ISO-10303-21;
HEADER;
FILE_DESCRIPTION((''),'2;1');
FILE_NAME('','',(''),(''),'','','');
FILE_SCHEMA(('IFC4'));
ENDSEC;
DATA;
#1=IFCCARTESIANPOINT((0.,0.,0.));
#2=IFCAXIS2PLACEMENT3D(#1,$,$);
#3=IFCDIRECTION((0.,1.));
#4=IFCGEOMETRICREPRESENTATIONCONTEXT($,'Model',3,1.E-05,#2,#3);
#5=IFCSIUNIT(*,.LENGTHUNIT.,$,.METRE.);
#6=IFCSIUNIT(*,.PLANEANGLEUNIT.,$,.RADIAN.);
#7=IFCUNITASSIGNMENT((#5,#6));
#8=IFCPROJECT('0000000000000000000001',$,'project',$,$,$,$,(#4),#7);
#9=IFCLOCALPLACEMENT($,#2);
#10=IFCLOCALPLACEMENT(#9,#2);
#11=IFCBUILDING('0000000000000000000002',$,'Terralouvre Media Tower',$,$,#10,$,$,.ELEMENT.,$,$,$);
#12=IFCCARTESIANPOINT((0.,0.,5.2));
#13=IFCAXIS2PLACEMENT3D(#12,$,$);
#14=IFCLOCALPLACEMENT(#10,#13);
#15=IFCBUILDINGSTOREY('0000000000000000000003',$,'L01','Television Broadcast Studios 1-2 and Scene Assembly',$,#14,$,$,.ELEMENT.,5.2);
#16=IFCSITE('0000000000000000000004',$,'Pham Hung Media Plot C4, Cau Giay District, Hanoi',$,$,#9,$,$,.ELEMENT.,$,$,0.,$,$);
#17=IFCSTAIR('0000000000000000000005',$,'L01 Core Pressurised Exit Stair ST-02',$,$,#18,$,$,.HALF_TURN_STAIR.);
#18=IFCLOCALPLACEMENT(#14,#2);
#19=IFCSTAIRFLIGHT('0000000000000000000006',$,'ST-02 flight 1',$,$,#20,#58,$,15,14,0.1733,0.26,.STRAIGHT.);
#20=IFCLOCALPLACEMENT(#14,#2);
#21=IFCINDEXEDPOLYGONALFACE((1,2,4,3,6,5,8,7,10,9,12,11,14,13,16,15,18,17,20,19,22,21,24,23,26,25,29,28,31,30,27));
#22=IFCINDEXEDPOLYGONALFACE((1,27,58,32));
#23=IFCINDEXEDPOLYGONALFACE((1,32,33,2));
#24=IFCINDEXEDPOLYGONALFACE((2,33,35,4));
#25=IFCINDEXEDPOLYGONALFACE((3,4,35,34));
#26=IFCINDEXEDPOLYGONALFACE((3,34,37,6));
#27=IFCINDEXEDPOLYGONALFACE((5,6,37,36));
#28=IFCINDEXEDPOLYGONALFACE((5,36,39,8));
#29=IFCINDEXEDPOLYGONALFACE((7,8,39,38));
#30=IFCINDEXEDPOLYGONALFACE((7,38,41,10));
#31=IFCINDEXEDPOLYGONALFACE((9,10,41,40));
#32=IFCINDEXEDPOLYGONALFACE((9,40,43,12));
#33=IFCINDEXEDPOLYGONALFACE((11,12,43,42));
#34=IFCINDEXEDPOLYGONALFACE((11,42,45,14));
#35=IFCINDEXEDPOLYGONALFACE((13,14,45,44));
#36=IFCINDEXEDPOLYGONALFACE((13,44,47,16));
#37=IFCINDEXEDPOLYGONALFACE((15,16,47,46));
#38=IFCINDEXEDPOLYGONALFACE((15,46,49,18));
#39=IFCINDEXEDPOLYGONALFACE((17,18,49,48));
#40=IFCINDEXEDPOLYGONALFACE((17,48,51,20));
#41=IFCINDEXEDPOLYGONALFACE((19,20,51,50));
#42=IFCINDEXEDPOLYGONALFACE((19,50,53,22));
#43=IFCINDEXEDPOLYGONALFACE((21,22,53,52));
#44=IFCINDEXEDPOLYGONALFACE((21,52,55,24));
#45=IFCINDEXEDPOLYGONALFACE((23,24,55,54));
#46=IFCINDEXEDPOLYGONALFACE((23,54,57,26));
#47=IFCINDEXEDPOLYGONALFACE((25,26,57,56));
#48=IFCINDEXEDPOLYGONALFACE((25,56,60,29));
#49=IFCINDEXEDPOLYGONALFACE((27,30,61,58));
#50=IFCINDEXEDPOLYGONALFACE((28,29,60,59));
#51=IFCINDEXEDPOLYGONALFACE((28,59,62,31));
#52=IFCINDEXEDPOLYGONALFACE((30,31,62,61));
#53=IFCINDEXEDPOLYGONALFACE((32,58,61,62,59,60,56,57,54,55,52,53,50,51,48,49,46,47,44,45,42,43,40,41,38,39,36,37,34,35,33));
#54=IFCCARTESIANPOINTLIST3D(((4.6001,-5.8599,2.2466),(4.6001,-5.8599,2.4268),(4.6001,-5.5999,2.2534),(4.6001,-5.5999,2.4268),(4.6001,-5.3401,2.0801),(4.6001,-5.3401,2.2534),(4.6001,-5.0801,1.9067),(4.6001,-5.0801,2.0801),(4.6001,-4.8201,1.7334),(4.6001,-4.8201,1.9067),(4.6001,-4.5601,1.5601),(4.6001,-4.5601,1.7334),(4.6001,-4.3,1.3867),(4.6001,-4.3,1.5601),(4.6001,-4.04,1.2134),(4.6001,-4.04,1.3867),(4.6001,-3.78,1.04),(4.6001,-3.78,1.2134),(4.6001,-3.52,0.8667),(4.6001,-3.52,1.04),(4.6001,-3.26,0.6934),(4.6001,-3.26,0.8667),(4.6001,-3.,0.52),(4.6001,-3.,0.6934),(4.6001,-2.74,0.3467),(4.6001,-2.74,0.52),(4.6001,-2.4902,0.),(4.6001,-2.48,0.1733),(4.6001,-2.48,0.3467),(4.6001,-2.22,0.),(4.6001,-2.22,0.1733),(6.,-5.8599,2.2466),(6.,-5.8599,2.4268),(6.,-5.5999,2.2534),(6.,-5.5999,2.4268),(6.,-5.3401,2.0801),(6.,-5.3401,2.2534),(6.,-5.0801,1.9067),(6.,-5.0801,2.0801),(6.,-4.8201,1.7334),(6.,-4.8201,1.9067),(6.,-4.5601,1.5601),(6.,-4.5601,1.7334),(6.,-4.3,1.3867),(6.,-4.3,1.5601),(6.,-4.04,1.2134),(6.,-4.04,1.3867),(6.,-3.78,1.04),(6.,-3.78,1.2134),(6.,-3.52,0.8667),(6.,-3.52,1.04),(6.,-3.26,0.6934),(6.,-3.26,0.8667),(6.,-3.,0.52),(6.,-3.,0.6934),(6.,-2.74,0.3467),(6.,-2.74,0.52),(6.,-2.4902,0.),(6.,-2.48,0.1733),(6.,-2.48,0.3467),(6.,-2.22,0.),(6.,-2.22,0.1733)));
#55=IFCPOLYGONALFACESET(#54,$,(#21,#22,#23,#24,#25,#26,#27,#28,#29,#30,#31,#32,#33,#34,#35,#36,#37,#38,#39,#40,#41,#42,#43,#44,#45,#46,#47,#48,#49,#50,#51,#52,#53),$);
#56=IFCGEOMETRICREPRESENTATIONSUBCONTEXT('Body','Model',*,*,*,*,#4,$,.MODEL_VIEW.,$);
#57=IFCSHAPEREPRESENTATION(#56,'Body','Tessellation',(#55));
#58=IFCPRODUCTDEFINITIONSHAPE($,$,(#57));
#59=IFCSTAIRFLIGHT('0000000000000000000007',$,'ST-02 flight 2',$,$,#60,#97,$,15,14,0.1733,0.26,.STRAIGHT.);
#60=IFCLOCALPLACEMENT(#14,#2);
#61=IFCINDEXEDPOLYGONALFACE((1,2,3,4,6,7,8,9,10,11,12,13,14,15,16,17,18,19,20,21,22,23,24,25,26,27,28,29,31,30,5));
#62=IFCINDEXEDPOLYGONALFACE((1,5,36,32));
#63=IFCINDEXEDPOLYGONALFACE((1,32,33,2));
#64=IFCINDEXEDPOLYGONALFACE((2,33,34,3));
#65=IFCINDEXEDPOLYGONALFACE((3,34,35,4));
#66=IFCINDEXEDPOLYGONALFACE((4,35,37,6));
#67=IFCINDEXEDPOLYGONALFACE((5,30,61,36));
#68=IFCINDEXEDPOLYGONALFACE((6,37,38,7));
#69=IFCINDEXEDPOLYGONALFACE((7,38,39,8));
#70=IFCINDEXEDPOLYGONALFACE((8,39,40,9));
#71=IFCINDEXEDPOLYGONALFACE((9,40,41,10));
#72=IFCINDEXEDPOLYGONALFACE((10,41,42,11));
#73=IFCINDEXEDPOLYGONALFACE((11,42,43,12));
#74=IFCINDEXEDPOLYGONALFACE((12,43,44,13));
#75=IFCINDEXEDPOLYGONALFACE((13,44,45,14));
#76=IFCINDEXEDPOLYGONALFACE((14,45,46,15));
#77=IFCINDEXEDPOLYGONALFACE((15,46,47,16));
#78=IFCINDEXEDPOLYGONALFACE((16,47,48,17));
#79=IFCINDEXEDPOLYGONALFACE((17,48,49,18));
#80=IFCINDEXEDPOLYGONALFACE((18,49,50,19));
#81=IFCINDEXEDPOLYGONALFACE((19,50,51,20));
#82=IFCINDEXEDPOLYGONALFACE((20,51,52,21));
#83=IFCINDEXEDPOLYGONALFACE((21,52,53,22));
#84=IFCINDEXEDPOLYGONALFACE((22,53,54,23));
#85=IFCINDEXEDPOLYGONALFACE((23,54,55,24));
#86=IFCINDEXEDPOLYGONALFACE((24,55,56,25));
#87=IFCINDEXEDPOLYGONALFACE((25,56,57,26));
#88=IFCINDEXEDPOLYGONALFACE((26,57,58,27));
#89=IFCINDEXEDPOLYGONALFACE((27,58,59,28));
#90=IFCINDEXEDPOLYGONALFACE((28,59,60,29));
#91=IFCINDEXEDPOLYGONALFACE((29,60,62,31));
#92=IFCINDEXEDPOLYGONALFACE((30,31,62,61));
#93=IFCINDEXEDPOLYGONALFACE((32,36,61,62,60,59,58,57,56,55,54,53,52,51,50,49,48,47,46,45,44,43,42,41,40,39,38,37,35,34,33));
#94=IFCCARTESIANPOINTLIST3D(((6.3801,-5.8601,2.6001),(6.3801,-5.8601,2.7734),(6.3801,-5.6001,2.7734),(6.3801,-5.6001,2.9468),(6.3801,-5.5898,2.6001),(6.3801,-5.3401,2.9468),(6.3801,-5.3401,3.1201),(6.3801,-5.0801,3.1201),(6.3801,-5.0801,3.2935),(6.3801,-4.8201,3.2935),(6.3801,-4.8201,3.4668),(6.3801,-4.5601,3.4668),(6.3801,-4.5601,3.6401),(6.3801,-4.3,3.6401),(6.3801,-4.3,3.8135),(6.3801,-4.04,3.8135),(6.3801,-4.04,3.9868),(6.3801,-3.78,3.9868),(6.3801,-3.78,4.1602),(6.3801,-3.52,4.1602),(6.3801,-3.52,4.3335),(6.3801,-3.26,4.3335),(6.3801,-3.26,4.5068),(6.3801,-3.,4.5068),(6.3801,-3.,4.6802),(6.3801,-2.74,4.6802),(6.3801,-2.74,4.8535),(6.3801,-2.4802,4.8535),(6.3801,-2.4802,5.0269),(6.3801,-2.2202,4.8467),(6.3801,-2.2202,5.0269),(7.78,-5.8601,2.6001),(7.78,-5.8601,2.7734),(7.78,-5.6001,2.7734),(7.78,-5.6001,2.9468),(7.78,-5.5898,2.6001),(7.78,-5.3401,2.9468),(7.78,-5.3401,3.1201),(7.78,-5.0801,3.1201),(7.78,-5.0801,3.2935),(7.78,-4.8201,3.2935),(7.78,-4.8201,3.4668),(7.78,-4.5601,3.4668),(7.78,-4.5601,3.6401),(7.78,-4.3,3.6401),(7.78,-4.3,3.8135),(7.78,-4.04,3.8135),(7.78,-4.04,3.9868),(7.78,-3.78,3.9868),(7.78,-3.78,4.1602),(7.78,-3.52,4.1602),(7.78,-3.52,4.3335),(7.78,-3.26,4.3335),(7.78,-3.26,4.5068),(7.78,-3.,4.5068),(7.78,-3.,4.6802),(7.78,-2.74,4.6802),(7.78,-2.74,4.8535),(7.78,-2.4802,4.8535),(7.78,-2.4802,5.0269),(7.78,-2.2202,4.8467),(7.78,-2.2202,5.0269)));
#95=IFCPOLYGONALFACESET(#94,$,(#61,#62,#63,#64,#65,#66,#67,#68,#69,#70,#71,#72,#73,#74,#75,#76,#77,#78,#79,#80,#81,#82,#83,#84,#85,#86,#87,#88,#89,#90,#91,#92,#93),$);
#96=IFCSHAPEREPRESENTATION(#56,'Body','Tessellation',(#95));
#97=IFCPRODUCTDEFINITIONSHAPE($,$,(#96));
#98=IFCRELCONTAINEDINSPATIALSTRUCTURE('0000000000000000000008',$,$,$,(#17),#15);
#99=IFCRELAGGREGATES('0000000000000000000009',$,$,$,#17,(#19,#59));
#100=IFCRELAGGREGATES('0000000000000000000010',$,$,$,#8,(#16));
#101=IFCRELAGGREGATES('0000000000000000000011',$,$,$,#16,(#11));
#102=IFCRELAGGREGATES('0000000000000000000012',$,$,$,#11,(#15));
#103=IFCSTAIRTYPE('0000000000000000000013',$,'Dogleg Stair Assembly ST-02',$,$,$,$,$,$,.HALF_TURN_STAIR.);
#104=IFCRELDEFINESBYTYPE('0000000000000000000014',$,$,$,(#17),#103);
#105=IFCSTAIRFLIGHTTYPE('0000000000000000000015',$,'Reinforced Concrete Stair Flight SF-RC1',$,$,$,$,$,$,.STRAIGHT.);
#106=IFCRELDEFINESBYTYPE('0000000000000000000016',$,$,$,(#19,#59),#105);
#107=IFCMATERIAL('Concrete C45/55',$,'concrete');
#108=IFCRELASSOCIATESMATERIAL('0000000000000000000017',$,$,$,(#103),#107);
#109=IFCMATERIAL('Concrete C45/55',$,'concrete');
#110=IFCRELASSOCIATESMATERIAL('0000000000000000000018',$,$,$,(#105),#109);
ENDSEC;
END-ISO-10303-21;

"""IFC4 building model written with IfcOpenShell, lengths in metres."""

from ifc_helpers import new_model, si_unit, direction, frame, origin, place, context, subcontext, project, spatial, polyline, outline, extrude, material, type_object, element, aggregate, save


model = new_model("IFC4")

# Units and contexts
model_context = context("Model", 3, precision=1e-05, world=origin(), true_north=direction((0.0, 1.0)))
body_context = subcontext(model_context, "Body", "Model", "MODEL_VIEW")
ifc_project = project(units=[si_unit("LENGTHUNIT", "METRE"), si_unit("PLANEANGLEUNIT", "RADIAN")], contexts=[model_context])

# Site, building, storey
site_placement = place(None, origin())
site = spatial("IfcSite", under=ifc_project, at=site_placement, Name="Pham Hung Media Plot C4, Cau Giay District, Hanoi", CompositionType="ELEMENT", RefElevation=0.0)
building_placement = place(site_placement, origin())
building = spatial("IfcBuilding", under=site, at=building_placement, Name="Terralouvre Media Tower", CompositionType="ELEMENT")
storey_placement = place(building_placement, frame((0.0, 0.0, 5.2)))
storey = spatial("IfcBuildingStorey", under=building, at=storey_placement, Name="L01", Description="Television Broadcast Studios 1-2 and Scene Assembly", CompositionType="ELEMENT", Elevation=5.2)

# Stair
ifc_material_1 = material(Name="Concrete C45/55", Category="concrete")
stair_type_1 = type_object("IfcStairType", Name="Dogleg Stair Assembly ST-02", PredefinedType="HALF_TURN_STAIR", material=ifc_material_1)
stair_1_placement = place(storey_placement, origin())
stair_1 = element("IfcStair", 1, at=stair_1_placement, inside=storey, type_object=stair_type_1, Name="L01 Core Pressurised Exit Stair ST-02", PredefinedType="HALF_TURN_STAIR")

# Stair flights
ifc_material_2 = material(Name="Concrete C45/55", Category="concrete")
stair_flight_type = type_object("IfcStairFlightType", Name="Reinforced Concrete Stair Flight SF-RC1", PredefinedType="STRAIGHT", material=ifc_material_2)
stair_flight_1_placement = place(storey_placement, frame((5.3, -2.22, 0.0), z_axis=(0.0, 0.0, 1.0), x_axis=(0.0, -1.0, 0.0)))
stair_flight_1 = element("IfcStairFlight", 2, at=stair_flight_1_placement, type_object=stair_flight_type, Name="ST-02 flight 1", NumberOfRisers=15, NumberOfTreads=14, PredefinedType="STRAIGHT", RiserHeight=0.1733, TreadLength=0.26, context=body_context, shape_type="SweptSolid", body=[
    extrude(outline(polyline([(0.0, 0.0), (0.0, 0.1733), (0.26, 0.1733), (0.26, 0.3467), (0.52, 0.3467), (0.52, 0.52), (0.78, 0.52), (0.78, 0.6934), (1.04, 0.6934), (1.04, 0.8667), (1.3, 0.8667), (1.3, 1.04), (1.5601, 1.04), (1.5601, 1.2134), (1.8201, 1.2134), (1.8201, 1.3867), (2.0801, 1.3867), (2.0801, 1.5601), (2.3401, 1.5601), (2.3401, 1.7334), (2.6001, 1.7334), (2.6001, 1.9067), (2.8601, 1.9067), (2.8601, 2.0801), (3.1201, 2.0801), (3.1201, 2.2534), (3.3799, 2.2534), (3.3799, 2.4268), (3.6399, 2.4268), (3.6399, 2.6001), (3.6399, 2.2466), (0.2703, 0.0), (0.0, 0.0)])), frame((0.0, 0.7, 0.0), z_axis=(0.0, -1.0, 0.0), x_axis=(1.0, 0.0, 0.0)), (0.0, 0.0, 1.0), 1.3999),
])
stair_flight_2_placement = place(storey_placement, frame((7.0801, -5.8601, 2.6001), z_axis=(0.0, 0.0, 1.0), x_axis=(0.0, 1.0, 0.0)))
stair_flight_2 = element("IfcStairFlight", 3, at=stair_flight_2_placement, type_object=stair_flight_type, Name="ST-02 flight 2", NumberOfRisers=15, NumberOfTreads=14, PredefinedType="STRAIGHT", RiserHeight=0.1733, TreadLength=0.26, context=body_context, shape_type="SweptSolid", body=[
    extrude(outline(polyline([(0.0, 0.0), (0.0, 0.1733), (0.26, 0.1733), (0.26, 0.3467), (0.52, 0.3467), (0.52, 0.52), (0.78, 0.52), (0.78, 0.6934), (1.04, 0.6934), (1.04, 0.8667), (1.3, 0.8667), (1.3, 1.04), (1.5601, 1.04), (1.5601, 1.2134), (1.8201, 1.2134), (1.8201, 1.3867), (2.0801, 1.3867), (2.0801, 1.5601), (2.3401, 1.5601), (2.3401, 1.7334), (2.6001, 1.7334), (2.6001, 1.9067), (2.8601, 1.9067), (2.8601, 2.0801), (3.1201, 2.0801), (3.1201, 2.2534), (3.3799, 2.2534), (3.3799, 2.4268), (3.6399, 2.4268), (3.6399, 2.6001), (3.6399, 2.2466), (0.2703, 0.0), (0.0, 0.0)])), frame((0.0, 0.7, 0.0), z_axis=(0.0, -1.0, 0.0), x_axis=(1.0, 0.0, 0.0)), (0.0, 0.0, 1.0), 1.3999),
])
aggregate(stair_1, [stair_flight_1, stair_flight_2])

save(model, "model.ifc")
